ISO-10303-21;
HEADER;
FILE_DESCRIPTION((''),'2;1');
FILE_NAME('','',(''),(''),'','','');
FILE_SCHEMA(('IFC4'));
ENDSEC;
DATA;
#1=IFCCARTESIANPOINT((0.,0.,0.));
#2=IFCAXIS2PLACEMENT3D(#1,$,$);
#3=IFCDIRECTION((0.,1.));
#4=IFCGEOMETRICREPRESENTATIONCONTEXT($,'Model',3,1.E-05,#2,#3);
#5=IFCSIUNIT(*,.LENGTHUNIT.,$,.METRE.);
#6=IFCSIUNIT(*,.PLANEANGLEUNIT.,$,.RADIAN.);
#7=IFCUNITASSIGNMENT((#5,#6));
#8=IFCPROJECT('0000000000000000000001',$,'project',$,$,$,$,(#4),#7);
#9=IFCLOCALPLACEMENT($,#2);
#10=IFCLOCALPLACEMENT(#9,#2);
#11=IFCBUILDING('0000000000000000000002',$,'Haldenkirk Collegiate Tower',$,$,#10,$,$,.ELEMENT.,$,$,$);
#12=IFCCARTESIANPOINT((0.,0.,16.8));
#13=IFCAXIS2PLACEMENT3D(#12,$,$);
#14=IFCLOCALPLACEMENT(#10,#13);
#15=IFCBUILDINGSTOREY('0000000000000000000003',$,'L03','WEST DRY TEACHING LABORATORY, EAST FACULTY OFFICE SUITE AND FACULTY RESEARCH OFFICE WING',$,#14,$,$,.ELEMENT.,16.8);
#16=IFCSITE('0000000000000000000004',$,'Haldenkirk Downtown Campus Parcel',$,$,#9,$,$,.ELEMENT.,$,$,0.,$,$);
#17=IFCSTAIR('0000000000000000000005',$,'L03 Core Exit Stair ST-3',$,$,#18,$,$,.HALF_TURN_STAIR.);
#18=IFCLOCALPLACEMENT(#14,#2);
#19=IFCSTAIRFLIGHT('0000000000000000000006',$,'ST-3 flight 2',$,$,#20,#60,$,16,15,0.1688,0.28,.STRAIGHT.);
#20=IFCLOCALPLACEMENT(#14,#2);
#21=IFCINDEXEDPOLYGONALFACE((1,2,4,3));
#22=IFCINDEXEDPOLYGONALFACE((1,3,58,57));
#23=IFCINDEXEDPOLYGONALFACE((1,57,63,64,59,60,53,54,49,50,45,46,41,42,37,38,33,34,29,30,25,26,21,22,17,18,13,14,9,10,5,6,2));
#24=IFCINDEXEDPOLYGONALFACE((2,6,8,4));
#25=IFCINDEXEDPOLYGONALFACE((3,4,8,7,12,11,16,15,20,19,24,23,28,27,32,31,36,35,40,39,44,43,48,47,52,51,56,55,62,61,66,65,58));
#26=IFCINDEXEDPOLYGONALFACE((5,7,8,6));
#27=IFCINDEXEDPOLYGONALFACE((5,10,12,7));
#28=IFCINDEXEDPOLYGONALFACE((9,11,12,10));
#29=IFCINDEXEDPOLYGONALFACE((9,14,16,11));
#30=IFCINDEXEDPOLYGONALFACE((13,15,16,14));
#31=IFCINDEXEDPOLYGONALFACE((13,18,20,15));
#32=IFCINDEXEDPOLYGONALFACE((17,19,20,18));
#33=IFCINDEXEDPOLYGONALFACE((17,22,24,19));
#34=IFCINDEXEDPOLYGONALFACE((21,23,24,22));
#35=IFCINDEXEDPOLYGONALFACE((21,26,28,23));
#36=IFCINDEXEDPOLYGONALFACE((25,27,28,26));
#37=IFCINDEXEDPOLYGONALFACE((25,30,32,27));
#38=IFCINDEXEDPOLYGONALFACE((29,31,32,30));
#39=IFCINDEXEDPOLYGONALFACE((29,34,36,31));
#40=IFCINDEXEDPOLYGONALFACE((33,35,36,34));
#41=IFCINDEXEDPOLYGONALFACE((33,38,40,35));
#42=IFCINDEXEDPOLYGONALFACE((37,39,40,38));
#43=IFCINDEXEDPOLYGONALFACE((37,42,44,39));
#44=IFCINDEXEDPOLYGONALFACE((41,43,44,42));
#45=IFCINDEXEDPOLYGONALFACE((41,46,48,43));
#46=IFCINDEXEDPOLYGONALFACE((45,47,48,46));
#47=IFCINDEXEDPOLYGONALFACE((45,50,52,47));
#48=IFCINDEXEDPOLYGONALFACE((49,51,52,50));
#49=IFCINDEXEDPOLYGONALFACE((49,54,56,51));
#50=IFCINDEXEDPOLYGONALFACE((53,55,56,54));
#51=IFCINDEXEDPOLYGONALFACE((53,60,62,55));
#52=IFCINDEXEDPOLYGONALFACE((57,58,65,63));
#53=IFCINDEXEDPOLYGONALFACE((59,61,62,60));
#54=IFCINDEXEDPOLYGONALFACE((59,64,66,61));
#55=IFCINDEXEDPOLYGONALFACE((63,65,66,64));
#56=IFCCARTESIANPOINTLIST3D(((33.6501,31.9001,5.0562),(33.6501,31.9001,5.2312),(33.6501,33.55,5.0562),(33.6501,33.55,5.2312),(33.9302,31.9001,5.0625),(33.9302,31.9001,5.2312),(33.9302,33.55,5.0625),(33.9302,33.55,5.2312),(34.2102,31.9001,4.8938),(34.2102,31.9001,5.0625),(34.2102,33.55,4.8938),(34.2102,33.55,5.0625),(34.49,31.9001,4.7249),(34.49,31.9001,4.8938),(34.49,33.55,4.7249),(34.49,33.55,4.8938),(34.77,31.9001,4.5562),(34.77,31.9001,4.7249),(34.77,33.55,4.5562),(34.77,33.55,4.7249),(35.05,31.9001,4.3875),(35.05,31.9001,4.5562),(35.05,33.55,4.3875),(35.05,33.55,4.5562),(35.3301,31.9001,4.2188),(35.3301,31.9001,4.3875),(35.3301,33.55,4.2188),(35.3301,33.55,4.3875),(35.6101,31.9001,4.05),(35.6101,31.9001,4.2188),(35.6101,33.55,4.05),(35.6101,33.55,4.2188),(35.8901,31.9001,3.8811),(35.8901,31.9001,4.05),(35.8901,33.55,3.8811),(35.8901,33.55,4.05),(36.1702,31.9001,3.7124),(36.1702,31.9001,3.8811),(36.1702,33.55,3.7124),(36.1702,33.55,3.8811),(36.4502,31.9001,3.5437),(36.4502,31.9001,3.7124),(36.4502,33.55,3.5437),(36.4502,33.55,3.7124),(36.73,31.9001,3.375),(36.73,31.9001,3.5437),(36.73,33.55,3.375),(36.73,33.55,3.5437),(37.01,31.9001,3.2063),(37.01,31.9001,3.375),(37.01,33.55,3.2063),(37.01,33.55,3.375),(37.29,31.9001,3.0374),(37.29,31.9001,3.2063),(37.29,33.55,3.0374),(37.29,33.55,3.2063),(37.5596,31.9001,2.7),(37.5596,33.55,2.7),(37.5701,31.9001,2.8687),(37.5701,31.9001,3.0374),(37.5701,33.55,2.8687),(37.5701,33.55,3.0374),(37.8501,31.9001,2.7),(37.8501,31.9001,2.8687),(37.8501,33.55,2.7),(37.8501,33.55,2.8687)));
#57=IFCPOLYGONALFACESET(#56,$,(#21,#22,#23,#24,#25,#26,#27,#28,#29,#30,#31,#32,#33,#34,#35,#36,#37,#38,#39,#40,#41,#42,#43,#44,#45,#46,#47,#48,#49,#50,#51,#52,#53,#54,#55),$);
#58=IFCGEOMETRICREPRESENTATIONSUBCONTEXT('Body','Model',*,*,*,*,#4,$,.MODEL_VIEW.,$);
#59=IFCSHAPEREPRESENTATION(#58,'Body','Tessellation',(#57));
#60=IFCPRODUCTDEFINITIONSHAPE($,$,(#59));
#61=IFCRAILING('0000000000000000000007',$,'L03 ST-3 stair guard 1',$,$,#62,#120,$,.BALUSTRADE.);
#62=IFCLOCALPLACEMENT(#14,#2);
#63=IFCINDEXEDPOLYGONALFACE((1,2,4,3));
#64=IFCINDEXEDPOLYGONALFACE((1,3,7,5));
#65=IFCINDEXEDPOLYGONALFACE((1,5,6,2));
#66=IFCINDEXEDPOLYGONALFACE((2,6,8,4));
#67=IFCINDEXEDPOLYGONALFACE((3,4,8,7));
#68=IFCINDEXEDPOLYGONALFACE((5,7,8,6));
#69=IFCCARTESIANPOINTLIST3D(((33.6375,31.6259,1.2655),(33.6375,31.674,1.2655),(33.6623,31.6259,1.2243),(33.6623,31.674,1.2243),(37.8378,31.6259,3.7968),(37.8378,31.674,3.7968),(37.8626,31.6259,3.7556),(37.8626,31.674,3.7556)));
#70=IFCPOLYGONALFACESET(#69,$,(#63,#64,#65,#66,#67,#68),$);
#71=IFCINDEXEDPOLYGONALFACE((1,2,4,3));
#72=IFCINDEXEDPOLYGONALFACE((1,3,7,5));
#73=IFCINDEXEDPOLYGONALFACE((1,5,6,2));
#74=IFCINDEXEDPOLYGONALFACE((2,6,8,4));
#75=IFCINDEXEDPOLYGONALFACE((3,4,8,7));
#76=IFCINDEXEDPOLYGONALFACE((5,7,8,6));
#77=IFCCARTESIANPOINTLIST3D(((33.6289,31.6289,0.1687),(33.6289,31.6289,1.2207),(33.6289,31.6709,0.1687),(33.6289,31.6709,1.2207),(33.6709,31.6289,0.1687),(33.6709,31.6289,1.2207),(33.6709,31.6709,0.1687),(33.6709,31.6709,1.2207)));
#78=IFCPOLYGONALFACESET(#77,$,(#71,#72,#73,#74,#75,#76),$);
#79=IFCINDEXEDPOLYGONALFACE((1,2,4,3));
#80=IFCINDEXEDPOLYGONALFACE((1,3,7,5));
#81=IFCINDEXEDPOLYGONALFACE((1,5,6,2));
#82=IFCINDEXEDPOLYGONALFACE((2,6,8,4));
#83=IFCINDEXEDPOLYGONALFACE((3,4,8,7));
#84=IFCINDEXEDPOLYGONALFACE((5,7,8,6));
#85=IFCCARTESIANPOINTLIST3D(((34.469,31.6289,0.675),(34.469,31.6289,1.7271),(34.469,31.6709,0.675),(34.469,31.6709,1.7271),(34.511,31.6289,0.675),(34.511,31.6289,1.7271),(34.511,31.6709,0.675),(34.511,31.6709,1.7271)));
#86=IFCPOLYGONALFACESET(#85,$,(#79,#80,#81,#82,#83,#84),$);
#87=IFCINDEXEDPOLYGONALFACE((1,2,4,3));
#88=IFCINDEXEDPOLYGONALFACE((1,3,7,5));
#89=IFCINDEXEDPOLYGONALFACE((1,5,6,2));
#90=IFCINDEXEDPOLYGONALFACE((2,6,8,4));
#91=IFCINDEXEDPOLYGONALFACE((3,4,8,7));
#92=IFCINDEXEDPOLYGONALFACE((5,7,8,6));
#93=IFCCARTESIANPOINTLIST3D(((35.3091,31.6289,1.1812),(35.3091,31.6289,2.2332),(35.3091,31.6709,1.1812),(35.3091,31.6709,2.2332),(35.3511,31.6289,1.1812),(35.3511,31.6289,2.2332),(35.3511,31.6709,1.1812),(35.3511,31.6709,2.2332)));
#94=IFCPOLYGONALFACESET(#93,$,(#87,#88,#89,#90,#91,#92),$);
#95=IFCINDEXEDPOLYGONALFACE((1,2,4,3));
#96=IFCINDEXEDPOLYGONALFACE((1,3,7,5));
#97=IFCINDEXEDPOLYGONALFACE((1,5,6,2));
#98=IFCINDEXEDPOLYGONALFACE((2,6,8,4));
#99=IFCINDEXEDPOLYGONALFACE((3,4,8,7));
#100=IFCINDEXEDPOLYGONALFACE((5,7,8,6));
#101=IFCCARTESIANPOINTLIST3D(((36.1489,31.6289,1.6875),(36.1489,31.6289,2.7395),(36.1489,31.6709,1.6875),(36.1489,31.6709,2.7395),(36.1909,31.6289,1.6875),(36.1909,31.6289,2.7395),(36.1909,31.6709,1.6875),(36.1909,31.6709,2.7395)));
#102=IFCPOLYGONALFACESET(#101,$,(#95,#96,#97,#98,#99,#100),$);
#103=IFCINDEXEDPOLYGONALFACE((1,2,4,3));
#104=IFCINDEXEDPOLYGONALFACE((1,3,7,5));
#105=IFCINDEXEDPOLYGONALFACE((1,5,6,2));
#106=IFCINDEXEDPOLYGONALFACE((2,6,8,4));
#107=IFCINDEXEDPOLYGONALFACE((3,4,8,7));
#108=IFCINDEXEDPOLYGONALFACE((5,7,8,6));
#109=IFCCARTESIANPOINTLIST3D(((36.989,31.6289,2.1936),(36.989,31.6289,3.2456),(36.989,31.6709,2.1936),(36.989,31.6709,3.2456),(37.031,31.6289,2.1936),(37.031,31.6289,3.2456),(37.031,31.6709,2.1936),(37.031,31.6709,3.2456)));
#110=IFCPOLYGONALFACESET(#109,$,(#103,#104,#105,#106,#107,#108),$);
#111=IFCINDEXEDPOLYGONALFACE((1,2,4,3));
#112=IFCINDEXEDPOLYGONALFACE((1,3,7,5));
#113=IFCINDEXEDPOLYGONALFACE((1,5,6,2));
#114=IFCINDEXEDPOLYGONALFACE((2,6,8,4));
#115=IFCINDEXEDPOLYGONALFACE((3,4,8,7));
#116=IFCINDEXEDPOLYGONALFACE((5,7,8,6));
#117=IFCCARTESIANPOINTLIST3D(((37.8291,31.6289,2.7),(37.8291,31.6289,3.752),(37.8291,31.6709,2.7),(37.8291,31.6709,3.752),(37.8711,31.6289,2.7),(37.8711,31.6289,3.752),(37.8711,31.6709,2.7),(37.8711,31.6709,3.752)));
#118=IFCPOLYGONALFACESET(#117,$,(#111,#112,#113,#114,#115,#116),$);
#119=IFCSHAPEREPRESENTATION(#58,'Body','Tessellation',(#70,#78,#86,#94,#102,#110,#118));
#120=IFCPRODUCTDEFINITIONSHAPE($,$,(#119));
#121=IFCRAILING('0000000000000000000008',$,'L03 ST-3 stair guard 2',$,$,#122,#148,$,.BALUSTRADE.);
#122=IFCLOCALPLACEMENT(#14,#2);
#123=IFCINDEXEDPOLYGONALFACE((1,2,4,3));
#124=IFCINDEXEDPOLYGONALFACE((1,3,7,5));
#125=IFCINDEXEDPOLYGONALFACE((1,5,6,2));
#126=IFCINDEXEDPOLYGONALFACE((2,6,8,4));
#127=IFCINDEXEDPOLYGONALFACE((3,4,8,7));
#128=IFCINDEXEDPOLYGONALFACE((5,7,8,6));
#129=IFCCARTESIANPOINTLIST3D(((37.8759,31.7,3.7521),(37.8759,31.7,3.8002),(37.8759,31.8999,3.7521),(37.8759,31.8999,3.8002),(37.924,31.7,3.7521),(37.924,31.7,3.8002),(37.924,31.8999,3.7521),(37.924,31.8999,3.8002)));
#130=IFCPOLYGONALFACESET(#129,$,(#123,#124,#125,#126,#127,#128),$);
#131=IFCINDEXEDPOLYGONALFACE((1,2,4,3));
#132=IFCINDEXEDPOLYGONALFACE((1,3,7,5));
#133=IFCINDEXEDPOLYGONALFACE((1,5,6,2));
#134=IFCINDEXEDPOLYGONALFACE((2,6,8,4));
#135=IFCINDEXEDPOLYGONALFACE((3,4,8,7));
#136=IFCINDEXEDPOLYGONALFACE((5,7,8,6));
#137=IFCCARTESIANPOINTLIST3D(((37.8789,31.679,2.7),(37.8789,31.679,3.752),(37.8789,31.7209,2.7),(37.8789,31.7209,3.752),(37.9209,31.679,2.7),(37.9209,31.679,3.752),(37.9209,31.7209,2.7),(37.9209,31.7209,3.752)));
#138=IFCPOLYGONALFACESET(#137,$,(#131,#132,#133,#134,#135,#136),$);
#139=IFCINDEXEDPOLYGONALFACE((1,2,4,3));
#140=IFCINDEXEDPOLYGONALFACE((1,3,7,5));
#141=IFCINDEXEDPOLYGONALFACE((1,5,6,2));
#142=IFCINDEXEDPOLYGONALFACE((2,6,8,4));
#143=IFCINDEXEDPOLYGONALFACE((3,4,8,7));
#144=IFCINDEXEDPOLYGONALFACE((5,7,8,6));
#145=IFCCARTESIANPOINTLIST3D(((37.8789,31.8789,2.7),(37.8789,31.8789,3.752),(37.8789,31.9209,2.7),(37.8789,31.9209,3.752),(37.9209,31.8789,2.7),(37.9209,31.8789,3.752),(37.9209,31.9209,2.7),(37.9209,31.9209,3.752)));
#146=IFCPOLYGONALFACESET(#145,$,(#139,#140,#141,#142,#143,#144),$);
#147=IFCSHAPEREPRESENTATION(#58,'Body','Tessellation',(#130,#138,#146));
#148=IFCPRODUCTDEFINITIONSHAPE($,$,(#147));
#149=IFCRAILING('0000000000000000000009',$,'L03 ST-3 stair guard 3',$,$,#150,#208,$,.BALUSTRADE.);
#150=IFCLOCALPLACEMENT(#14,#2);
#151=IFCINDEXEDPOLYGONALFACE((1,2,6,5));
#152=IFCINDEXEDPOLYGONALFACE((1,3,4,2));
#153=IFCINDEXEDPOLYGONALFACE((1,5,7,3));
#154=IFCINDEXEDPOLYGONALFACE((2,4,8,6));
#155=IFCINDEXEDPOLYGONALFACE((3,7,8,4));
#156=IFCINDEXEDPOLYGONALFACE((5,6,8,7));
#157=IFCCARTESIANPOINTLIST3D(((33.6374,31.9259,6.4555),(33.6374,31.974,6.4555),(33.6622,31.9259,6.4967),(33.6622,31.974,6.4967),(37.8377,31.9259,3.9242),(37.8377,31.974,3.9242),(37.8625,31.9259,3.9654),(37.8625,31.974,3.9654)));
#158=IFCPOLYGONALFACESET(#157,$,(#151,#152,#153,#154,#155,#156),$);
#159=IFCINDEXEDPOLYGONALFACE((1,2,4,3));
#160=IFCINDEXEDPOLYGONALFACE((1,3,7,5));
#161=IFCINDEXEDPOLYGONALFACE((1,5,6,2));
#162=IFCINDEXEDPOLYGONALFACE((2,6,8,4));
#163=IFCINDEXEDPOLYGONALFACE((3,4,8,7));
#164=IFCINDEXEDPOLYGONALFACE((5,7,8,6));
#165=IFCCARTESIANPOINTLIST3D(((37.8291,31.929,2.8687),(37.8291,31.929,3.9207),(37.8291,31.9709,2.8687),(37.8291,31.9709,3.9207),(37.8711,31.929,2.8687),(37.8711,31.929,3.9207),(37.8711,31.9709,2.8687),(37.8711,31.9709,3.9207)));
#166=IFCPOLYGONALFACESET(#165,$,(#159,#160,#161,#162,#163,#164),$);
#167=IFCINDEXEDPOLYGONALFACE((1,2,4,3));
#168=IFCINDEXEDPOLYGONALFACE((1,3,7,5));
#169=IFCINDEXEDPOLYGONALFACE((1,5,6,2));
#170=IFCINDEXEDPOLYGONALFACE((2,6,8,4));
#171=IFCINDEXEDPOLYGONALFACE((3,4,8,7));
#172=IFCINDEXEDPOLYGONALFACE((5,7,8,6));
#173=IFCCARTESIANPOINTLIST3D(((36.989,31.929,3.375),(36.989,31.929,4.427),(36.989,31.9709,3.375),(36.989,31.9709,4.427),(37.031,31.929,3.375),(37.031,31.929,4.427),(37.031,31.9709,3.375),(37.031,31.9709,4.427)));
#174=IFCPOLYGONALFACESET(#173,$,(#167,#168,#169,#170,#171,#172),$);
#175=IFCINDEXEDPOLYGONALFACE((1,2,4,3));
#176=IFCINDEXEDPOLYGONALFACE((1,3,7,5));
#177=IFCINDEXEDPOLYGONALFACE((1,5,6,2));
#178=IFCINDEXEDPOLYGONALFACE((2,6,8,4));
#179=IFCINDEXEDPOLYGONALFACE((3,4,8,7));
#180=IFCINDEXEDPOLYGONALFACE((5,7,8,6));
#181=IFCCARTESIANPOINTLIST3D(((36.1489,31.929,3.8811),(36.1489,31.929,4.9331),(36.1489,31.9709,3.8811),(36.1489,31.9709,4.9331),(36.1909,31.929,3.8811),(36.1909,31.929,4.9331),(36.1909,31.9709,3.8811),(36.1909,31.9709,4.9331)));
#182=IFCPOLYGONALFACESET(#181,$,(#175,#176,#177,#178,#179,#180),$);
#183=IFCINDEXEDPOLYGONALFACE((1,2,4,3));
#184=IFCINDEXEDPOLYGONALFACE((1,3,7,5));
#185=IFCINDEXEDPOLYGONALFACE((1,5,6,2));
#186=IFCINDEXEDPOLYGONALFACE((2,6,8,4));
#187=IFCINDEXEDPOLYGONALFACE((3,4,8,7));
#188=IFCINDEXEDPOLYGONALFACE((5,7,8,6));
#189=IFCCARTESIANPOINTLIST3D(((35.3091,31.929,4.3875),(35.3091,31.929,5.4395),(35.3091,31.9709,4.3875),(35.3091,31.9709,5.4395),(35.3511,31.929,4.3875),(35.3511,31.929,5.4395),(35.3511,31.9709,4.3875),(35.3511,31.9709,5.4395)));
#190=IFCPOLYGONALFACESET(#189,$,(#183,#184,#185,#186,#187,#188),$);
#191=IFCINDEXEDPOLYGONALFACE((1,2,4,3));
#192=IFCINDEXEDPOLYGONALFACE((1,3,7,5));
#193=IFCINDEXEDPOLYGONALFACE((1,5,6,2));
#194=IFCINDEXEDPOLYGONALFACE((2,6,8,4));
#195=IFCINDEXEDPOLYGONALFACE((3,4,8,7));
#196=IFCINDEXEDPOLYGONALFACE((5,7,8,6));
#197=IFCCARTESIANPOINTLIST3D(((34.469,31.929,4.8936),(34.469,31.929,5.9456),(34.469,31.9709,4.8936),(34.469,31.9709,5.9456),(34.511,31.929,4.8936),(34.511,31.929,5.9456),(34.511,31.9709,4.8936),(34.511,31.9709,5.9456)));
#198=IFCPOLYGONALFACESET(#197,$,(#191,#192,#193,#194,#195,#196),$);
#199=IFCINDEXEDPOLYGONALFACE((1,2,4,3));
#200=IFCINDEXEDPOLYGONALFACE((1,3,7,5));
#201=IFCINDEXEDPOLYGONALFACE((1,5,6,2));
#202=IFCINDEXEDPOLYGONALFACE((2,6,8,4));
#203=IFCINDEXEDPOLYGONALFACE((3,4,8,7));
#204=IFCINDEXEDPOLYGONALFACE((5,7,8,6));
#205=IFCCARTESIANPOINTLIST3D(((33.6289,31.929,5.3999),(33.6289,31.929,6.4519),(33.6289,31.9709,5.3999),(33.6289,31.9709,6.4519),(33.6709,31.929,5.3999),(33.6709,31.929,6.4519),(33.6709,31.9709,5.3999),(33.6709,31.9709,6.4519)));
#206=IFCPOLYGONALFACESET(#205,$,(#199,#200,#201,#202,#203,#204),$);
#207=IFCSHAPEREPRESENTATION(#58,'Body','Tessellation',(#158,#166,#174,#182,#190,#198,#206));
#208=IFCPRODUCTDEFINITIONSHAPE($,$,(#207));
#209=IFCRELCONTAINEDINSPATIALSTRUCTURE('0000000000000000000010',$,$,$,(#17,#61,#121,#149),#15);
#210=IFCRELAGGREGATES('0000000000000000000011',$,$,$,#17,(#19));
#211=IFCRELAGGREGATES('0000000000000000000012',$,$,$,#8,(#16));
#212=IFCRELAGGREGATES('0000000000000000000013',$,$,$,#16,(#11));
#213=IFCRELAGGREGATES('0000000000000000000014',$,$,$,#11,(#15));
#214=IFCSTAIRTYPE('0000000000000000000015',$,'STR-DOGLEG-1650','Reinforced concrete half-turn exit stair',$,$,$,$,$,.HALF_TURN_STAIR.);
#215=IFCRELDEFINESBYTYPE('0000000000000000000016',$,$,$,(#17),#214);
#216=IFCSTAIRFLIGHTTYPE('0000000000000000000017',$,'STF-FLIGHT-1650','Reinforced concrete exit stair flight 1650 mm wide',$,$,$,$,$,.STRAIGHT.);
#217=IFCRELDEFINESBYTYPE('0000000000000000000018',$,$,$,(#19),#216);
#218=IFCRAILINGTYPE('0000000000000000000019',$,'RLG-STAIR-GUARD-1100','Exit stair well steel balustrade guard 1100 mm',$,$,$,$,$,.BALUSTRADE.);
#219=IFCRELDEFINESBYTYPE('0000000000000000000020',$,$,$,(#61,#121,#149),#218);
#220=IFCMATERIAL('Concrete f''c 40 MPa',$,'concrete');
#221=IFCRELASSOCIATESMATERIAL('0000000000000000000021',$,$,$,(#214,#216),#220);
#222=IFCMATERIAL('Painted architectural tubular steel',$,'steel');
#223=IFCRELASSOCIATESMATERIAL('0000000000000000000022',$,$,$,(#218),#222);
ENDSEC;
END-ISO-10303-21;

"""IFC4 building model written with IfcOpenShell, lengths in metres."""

from ifc_helpers import new_model, si_unit, direction, frame, origin, origin_2d, place, context, subcontext, project, spatial, polyline, rectangle, outline, extrude, material, type_object, element, aggregate, save


model = new_model("IFC4")

# Units and contexts
model_context = context("Model", 3, precision=1e-05, world=origin(), true_north=direction((0.0, 1.0)))
body_context = subcontext(model_context, "Body", "Model", "MODEL_VIEW")
ifc_project = project(units=[si_unit("LENGTHUNIT", "METRE"), si_unit("PLANEANGLEUNIT", "RADIAN")], contexts=[model_context])

# Site, building, storey
site_placement = place(None, origin())
site = spatial("IfcSite", under=ifc_project, at=site_placement, Name="Haldenkirk Downtown Campus Parcel", CompositionType="ELEMENT", RefElevation=0.0)
building_placement = place(site_placement, origin())
building = spatial("IfcBuilding", under=site, at=building_placement, Name="Haldenkirk Collegiate Tower", CompositionType="ELEMENT")
storey_placement = place(building_placement, frame((0.0, 0.0, 16.8)))
storey = spatial("IfcBuildingStorey", under=building, at=storey_placement, Name="L03", Description="WEST DRY TEACHING LABORATORY, EAST FACULTY OFFICE SUITE AND FACULTY RESEARCH OFFICE WING", CompositionType="ELEMENT", Elevation=16.8)

# Stair, stair flight
ifc_material_1 = material(Name="Concrete f'c 40 MPa", Category="concrete")
stair_type = type_object("IfcStairType", Name="STR-DOGLEG-1650", Description="Reinforced concrete half-turn exit stair", PredefinedType="HALF_TURN_STAIR", material=ifc_material_1)
stair_placement = place(storey_placement, origin())
stair = element("IfcStair", 1, at=stair_placement, inside=storey, type_object=stair_type, Name="L03 Core Exit Stair ST-3", PredefinedType="HALF_TURN_STAIR")
stair_flight_type = type_object("IfcStairFlightType", Name="STF-FLIGHT-1650", Description="Reinforced concrete exit stair flight 1650 mm wide", PredefinedType="STRAIGHT", material=ifc_material_1)
stair_flight_placement = place(storey_placement, frame((37.8501, 32.7251, 2.7), z_axis=(0.0, 0.0, 1.0), x_axis=(-1.0, 0.0, 0.0)))
stair_flight = element("IfcStairFlight", 2, at=stair_flight_placement, type_object=stair_flight_type, Name="ST-3 flight 2", NumberOfRisers=16, NumberOfTreads=15, PredefinedType="STRAIGHT", RiserHeight=0.1688, TreadLength=0.28, context=body_context, shape_type="SweptSolid", body=[
    extrude(outline(polyline([(0.0, 0.0), (0.0, 0.1687), (0.28, 0.1687), (0.28, 0.3374), (0.5601, 0.3374), (0.5601, 0.5063), (0.8401, 0.5063), (0.8401, 0.675), (1.1201, 0.675), (1.1201, 0.8438), (1.3999, 0.8438), (1.3999, 1.0125), (1.6799, 1.0125), (1.6799, 1.1812), (1.96, 1.1812), (1.96, 1.3501), (2.24, 1.3501), (2.24, 1.5188), (2.52, 1.5188), (2.52, 1.6875), (2.8, 1.6875), (2.8, 1.8562), (3.0801, 1.8562), (3.0801, 2.0249), (3.3601, 2.0249), (3.3601, 2.1938), (3.6399, 2.1938), (3.6399, 2.3625), (3.9199, 2.3625), (3.9199, 2.5312), (4.2, 2.5312), (4.2, 2.7), (4.2, 2.3562), (0.2905, 0.0), (0.0, 0.0)])), frame((0.0, 0.825, 0.0), z_axis=(0.0, -1.0, 0.0), x_axis=(1.0, 0.0, 0.0)), (0.0, 0.0, 1.0), 1.6499),
])
aggregate(stair, [stair_flight])

# Railings
ifc_material_2 = material(Name="Painted architectural tubular steel", Category="steel")
railing_type_1 = type_object("IfcRailingType", Name="RLG-STAIR-GUARD-1100", Description="Exit stair well steel balustrade guard 1100 mm", PredefinedType="BALUSTRADE", material=ifc_material_2)
railing_1_placement = place(storey_placement, frame((33.6499, 31.6499, 0.1687)))
element("IfcRailing", 3, at=railing_1_placement, inside=storey, type_object=railing_type_1, Name="L03 ST-3 stair guard 1", PredefinedType="BALUSTRADE", context=body_context, shape_type="SweptSolid", body=[
    extrude(rectangle(XDim=0.0481, YDim=0.0481, at=origin_2d()), frame((0.0, 0.0, 1.0762), z_axis=(0.85649, 0.0, 0.516164), x_axis=(0.0, 1.0, 0.0)), (0.0, 0.0, 1.0), 4.9041),
    extrude(rectangle(XDim=0.042, YDim=0.042, at=origin_2d()), origin(), (0.0, 0.0, 1.0), 1.052),
    extrude(rectangle(XDim=0.042, YDim=0.042, at=origin_2d()), frame((0.8401, 0.0, 0.5063)), (0.0, 0.0, 1.0), 1.052),
    extrude(rectangle(XDim=0.042, YDim=0.042, at=origin_2d()), frame((1.6802, 0.0, 1.0125)), (0.0, 0.0, 1.0), 1.052),
    extrude(rectangle(XDim=0.042, YDim=0.042, at=origin_2d()), frame((2.52, 0.0, 1.5188)), (0.0, 0.0, 1.0), 1.052),
    extrude(rectangle(XDim=0.042, YDim=0.042, at=origin_2d()), frame((3.3601, 0.0, 2.0249)), (0.0, 0.0, 1.0), 1.052),
    extrude(rectangle(XDim=0.042, YDim=0.042, at=origin_2d()), frame((4.2002, 0.0, 2.5312)), (0.0, 0.0, 1.0), 1.052),
])
railing_2_placement = place(storey_placement, frame((37.8999, 31.7, 2.7)))
element("IfcRailing", 4, at=railing_2_placement, inside=storey, type_object=railing_type_1, Name="L03 ST-3 stair guard 2", PredefinedType="BALUSTRADE", context=body_context, shape_type="SweptSolid", body=[
    extrude(rectangle(XDim=0.0481, YDim=0.0481, at=origin_2d()), frame((0.0, 0.0, 1.0762), z_axis=(0.0, 1.0, 0.0), x_axis=(-1.0, 0.0, 0.0)), (0.0, 0.0, 1.0), 0.2),
    extrude(rectangle(XDim=0.042, YDim=0.042, at=origin_2d()), origin(), (0.0, 0.0, 1.0), 1.052),
    extrude(rectangle(XDim=0.042, YDim=0.042, at=origin_2d()), frame((0.0, 0.2, 0.0)), (0.0, 0.0, 1.0), 1.052),
])
railing_3_placement = place(storey_placement, frame((37.8501, 31.95, 2.8687)))
element("IfcRailing", 5, at=railing_3_placement, inside=storey, type_object=railing_type_1, Name="L03 ST-3 stair guard 3", PredefinedType="BALUSTRADE", context=body_context, shape_type="SweptSolid", body=[
    extrude(rectangle(XDim=0.0481, YDim=0.0481, at=origin_2d()), frame((0.0, 0.0, 1.0762), z_axis=(-0.85649, 0.0, 0.516164), x_axis=(0.0, -1.0, 0.0)), (0.0, 0.0, 1.0), 4.9041),
    extrude(rectangle(XDim=0.042, YDim=0.042, at=origin_2d()), origin(), (0.0, 0.0, 1.0), 1.052),
    extrude(rectangle(XDim=0.042, YDim=0.042, at=origin_2d()), frame((-0.8401, 0.0, 0.5063)), (0.0, 0.0, 1.0), 1.052),
    extrude(rectangle(XDim=0.042, YDim=0.042, at=origin_2d()), frame((-1.6802, 0.0, 1.0125)), (0.0, 0.0, 1.0), 1.052),
    extrude(rectangle(XDim=0.042, YDim=0.042, at=origin_2d()), frame((-2.52, 0.0, 1.5188)), (0.0, 0.0, 1.0), 1.052),
    extrude(rectangle(XDim=0.042, YDim=0.042, at=origin_2d()), frame((-3.3601, 0.0, 2.0249)), (0.0, 0.0, 1.0), 1.052),
    extrude(rectangle(XDim=0.042, YDim=0.042, at=origin_2d()), frame((-4.2002, 0.0, 2.5312)), (0.0, 0.0, 1.0), 1.052),
])

save(model, "model.ifc")
